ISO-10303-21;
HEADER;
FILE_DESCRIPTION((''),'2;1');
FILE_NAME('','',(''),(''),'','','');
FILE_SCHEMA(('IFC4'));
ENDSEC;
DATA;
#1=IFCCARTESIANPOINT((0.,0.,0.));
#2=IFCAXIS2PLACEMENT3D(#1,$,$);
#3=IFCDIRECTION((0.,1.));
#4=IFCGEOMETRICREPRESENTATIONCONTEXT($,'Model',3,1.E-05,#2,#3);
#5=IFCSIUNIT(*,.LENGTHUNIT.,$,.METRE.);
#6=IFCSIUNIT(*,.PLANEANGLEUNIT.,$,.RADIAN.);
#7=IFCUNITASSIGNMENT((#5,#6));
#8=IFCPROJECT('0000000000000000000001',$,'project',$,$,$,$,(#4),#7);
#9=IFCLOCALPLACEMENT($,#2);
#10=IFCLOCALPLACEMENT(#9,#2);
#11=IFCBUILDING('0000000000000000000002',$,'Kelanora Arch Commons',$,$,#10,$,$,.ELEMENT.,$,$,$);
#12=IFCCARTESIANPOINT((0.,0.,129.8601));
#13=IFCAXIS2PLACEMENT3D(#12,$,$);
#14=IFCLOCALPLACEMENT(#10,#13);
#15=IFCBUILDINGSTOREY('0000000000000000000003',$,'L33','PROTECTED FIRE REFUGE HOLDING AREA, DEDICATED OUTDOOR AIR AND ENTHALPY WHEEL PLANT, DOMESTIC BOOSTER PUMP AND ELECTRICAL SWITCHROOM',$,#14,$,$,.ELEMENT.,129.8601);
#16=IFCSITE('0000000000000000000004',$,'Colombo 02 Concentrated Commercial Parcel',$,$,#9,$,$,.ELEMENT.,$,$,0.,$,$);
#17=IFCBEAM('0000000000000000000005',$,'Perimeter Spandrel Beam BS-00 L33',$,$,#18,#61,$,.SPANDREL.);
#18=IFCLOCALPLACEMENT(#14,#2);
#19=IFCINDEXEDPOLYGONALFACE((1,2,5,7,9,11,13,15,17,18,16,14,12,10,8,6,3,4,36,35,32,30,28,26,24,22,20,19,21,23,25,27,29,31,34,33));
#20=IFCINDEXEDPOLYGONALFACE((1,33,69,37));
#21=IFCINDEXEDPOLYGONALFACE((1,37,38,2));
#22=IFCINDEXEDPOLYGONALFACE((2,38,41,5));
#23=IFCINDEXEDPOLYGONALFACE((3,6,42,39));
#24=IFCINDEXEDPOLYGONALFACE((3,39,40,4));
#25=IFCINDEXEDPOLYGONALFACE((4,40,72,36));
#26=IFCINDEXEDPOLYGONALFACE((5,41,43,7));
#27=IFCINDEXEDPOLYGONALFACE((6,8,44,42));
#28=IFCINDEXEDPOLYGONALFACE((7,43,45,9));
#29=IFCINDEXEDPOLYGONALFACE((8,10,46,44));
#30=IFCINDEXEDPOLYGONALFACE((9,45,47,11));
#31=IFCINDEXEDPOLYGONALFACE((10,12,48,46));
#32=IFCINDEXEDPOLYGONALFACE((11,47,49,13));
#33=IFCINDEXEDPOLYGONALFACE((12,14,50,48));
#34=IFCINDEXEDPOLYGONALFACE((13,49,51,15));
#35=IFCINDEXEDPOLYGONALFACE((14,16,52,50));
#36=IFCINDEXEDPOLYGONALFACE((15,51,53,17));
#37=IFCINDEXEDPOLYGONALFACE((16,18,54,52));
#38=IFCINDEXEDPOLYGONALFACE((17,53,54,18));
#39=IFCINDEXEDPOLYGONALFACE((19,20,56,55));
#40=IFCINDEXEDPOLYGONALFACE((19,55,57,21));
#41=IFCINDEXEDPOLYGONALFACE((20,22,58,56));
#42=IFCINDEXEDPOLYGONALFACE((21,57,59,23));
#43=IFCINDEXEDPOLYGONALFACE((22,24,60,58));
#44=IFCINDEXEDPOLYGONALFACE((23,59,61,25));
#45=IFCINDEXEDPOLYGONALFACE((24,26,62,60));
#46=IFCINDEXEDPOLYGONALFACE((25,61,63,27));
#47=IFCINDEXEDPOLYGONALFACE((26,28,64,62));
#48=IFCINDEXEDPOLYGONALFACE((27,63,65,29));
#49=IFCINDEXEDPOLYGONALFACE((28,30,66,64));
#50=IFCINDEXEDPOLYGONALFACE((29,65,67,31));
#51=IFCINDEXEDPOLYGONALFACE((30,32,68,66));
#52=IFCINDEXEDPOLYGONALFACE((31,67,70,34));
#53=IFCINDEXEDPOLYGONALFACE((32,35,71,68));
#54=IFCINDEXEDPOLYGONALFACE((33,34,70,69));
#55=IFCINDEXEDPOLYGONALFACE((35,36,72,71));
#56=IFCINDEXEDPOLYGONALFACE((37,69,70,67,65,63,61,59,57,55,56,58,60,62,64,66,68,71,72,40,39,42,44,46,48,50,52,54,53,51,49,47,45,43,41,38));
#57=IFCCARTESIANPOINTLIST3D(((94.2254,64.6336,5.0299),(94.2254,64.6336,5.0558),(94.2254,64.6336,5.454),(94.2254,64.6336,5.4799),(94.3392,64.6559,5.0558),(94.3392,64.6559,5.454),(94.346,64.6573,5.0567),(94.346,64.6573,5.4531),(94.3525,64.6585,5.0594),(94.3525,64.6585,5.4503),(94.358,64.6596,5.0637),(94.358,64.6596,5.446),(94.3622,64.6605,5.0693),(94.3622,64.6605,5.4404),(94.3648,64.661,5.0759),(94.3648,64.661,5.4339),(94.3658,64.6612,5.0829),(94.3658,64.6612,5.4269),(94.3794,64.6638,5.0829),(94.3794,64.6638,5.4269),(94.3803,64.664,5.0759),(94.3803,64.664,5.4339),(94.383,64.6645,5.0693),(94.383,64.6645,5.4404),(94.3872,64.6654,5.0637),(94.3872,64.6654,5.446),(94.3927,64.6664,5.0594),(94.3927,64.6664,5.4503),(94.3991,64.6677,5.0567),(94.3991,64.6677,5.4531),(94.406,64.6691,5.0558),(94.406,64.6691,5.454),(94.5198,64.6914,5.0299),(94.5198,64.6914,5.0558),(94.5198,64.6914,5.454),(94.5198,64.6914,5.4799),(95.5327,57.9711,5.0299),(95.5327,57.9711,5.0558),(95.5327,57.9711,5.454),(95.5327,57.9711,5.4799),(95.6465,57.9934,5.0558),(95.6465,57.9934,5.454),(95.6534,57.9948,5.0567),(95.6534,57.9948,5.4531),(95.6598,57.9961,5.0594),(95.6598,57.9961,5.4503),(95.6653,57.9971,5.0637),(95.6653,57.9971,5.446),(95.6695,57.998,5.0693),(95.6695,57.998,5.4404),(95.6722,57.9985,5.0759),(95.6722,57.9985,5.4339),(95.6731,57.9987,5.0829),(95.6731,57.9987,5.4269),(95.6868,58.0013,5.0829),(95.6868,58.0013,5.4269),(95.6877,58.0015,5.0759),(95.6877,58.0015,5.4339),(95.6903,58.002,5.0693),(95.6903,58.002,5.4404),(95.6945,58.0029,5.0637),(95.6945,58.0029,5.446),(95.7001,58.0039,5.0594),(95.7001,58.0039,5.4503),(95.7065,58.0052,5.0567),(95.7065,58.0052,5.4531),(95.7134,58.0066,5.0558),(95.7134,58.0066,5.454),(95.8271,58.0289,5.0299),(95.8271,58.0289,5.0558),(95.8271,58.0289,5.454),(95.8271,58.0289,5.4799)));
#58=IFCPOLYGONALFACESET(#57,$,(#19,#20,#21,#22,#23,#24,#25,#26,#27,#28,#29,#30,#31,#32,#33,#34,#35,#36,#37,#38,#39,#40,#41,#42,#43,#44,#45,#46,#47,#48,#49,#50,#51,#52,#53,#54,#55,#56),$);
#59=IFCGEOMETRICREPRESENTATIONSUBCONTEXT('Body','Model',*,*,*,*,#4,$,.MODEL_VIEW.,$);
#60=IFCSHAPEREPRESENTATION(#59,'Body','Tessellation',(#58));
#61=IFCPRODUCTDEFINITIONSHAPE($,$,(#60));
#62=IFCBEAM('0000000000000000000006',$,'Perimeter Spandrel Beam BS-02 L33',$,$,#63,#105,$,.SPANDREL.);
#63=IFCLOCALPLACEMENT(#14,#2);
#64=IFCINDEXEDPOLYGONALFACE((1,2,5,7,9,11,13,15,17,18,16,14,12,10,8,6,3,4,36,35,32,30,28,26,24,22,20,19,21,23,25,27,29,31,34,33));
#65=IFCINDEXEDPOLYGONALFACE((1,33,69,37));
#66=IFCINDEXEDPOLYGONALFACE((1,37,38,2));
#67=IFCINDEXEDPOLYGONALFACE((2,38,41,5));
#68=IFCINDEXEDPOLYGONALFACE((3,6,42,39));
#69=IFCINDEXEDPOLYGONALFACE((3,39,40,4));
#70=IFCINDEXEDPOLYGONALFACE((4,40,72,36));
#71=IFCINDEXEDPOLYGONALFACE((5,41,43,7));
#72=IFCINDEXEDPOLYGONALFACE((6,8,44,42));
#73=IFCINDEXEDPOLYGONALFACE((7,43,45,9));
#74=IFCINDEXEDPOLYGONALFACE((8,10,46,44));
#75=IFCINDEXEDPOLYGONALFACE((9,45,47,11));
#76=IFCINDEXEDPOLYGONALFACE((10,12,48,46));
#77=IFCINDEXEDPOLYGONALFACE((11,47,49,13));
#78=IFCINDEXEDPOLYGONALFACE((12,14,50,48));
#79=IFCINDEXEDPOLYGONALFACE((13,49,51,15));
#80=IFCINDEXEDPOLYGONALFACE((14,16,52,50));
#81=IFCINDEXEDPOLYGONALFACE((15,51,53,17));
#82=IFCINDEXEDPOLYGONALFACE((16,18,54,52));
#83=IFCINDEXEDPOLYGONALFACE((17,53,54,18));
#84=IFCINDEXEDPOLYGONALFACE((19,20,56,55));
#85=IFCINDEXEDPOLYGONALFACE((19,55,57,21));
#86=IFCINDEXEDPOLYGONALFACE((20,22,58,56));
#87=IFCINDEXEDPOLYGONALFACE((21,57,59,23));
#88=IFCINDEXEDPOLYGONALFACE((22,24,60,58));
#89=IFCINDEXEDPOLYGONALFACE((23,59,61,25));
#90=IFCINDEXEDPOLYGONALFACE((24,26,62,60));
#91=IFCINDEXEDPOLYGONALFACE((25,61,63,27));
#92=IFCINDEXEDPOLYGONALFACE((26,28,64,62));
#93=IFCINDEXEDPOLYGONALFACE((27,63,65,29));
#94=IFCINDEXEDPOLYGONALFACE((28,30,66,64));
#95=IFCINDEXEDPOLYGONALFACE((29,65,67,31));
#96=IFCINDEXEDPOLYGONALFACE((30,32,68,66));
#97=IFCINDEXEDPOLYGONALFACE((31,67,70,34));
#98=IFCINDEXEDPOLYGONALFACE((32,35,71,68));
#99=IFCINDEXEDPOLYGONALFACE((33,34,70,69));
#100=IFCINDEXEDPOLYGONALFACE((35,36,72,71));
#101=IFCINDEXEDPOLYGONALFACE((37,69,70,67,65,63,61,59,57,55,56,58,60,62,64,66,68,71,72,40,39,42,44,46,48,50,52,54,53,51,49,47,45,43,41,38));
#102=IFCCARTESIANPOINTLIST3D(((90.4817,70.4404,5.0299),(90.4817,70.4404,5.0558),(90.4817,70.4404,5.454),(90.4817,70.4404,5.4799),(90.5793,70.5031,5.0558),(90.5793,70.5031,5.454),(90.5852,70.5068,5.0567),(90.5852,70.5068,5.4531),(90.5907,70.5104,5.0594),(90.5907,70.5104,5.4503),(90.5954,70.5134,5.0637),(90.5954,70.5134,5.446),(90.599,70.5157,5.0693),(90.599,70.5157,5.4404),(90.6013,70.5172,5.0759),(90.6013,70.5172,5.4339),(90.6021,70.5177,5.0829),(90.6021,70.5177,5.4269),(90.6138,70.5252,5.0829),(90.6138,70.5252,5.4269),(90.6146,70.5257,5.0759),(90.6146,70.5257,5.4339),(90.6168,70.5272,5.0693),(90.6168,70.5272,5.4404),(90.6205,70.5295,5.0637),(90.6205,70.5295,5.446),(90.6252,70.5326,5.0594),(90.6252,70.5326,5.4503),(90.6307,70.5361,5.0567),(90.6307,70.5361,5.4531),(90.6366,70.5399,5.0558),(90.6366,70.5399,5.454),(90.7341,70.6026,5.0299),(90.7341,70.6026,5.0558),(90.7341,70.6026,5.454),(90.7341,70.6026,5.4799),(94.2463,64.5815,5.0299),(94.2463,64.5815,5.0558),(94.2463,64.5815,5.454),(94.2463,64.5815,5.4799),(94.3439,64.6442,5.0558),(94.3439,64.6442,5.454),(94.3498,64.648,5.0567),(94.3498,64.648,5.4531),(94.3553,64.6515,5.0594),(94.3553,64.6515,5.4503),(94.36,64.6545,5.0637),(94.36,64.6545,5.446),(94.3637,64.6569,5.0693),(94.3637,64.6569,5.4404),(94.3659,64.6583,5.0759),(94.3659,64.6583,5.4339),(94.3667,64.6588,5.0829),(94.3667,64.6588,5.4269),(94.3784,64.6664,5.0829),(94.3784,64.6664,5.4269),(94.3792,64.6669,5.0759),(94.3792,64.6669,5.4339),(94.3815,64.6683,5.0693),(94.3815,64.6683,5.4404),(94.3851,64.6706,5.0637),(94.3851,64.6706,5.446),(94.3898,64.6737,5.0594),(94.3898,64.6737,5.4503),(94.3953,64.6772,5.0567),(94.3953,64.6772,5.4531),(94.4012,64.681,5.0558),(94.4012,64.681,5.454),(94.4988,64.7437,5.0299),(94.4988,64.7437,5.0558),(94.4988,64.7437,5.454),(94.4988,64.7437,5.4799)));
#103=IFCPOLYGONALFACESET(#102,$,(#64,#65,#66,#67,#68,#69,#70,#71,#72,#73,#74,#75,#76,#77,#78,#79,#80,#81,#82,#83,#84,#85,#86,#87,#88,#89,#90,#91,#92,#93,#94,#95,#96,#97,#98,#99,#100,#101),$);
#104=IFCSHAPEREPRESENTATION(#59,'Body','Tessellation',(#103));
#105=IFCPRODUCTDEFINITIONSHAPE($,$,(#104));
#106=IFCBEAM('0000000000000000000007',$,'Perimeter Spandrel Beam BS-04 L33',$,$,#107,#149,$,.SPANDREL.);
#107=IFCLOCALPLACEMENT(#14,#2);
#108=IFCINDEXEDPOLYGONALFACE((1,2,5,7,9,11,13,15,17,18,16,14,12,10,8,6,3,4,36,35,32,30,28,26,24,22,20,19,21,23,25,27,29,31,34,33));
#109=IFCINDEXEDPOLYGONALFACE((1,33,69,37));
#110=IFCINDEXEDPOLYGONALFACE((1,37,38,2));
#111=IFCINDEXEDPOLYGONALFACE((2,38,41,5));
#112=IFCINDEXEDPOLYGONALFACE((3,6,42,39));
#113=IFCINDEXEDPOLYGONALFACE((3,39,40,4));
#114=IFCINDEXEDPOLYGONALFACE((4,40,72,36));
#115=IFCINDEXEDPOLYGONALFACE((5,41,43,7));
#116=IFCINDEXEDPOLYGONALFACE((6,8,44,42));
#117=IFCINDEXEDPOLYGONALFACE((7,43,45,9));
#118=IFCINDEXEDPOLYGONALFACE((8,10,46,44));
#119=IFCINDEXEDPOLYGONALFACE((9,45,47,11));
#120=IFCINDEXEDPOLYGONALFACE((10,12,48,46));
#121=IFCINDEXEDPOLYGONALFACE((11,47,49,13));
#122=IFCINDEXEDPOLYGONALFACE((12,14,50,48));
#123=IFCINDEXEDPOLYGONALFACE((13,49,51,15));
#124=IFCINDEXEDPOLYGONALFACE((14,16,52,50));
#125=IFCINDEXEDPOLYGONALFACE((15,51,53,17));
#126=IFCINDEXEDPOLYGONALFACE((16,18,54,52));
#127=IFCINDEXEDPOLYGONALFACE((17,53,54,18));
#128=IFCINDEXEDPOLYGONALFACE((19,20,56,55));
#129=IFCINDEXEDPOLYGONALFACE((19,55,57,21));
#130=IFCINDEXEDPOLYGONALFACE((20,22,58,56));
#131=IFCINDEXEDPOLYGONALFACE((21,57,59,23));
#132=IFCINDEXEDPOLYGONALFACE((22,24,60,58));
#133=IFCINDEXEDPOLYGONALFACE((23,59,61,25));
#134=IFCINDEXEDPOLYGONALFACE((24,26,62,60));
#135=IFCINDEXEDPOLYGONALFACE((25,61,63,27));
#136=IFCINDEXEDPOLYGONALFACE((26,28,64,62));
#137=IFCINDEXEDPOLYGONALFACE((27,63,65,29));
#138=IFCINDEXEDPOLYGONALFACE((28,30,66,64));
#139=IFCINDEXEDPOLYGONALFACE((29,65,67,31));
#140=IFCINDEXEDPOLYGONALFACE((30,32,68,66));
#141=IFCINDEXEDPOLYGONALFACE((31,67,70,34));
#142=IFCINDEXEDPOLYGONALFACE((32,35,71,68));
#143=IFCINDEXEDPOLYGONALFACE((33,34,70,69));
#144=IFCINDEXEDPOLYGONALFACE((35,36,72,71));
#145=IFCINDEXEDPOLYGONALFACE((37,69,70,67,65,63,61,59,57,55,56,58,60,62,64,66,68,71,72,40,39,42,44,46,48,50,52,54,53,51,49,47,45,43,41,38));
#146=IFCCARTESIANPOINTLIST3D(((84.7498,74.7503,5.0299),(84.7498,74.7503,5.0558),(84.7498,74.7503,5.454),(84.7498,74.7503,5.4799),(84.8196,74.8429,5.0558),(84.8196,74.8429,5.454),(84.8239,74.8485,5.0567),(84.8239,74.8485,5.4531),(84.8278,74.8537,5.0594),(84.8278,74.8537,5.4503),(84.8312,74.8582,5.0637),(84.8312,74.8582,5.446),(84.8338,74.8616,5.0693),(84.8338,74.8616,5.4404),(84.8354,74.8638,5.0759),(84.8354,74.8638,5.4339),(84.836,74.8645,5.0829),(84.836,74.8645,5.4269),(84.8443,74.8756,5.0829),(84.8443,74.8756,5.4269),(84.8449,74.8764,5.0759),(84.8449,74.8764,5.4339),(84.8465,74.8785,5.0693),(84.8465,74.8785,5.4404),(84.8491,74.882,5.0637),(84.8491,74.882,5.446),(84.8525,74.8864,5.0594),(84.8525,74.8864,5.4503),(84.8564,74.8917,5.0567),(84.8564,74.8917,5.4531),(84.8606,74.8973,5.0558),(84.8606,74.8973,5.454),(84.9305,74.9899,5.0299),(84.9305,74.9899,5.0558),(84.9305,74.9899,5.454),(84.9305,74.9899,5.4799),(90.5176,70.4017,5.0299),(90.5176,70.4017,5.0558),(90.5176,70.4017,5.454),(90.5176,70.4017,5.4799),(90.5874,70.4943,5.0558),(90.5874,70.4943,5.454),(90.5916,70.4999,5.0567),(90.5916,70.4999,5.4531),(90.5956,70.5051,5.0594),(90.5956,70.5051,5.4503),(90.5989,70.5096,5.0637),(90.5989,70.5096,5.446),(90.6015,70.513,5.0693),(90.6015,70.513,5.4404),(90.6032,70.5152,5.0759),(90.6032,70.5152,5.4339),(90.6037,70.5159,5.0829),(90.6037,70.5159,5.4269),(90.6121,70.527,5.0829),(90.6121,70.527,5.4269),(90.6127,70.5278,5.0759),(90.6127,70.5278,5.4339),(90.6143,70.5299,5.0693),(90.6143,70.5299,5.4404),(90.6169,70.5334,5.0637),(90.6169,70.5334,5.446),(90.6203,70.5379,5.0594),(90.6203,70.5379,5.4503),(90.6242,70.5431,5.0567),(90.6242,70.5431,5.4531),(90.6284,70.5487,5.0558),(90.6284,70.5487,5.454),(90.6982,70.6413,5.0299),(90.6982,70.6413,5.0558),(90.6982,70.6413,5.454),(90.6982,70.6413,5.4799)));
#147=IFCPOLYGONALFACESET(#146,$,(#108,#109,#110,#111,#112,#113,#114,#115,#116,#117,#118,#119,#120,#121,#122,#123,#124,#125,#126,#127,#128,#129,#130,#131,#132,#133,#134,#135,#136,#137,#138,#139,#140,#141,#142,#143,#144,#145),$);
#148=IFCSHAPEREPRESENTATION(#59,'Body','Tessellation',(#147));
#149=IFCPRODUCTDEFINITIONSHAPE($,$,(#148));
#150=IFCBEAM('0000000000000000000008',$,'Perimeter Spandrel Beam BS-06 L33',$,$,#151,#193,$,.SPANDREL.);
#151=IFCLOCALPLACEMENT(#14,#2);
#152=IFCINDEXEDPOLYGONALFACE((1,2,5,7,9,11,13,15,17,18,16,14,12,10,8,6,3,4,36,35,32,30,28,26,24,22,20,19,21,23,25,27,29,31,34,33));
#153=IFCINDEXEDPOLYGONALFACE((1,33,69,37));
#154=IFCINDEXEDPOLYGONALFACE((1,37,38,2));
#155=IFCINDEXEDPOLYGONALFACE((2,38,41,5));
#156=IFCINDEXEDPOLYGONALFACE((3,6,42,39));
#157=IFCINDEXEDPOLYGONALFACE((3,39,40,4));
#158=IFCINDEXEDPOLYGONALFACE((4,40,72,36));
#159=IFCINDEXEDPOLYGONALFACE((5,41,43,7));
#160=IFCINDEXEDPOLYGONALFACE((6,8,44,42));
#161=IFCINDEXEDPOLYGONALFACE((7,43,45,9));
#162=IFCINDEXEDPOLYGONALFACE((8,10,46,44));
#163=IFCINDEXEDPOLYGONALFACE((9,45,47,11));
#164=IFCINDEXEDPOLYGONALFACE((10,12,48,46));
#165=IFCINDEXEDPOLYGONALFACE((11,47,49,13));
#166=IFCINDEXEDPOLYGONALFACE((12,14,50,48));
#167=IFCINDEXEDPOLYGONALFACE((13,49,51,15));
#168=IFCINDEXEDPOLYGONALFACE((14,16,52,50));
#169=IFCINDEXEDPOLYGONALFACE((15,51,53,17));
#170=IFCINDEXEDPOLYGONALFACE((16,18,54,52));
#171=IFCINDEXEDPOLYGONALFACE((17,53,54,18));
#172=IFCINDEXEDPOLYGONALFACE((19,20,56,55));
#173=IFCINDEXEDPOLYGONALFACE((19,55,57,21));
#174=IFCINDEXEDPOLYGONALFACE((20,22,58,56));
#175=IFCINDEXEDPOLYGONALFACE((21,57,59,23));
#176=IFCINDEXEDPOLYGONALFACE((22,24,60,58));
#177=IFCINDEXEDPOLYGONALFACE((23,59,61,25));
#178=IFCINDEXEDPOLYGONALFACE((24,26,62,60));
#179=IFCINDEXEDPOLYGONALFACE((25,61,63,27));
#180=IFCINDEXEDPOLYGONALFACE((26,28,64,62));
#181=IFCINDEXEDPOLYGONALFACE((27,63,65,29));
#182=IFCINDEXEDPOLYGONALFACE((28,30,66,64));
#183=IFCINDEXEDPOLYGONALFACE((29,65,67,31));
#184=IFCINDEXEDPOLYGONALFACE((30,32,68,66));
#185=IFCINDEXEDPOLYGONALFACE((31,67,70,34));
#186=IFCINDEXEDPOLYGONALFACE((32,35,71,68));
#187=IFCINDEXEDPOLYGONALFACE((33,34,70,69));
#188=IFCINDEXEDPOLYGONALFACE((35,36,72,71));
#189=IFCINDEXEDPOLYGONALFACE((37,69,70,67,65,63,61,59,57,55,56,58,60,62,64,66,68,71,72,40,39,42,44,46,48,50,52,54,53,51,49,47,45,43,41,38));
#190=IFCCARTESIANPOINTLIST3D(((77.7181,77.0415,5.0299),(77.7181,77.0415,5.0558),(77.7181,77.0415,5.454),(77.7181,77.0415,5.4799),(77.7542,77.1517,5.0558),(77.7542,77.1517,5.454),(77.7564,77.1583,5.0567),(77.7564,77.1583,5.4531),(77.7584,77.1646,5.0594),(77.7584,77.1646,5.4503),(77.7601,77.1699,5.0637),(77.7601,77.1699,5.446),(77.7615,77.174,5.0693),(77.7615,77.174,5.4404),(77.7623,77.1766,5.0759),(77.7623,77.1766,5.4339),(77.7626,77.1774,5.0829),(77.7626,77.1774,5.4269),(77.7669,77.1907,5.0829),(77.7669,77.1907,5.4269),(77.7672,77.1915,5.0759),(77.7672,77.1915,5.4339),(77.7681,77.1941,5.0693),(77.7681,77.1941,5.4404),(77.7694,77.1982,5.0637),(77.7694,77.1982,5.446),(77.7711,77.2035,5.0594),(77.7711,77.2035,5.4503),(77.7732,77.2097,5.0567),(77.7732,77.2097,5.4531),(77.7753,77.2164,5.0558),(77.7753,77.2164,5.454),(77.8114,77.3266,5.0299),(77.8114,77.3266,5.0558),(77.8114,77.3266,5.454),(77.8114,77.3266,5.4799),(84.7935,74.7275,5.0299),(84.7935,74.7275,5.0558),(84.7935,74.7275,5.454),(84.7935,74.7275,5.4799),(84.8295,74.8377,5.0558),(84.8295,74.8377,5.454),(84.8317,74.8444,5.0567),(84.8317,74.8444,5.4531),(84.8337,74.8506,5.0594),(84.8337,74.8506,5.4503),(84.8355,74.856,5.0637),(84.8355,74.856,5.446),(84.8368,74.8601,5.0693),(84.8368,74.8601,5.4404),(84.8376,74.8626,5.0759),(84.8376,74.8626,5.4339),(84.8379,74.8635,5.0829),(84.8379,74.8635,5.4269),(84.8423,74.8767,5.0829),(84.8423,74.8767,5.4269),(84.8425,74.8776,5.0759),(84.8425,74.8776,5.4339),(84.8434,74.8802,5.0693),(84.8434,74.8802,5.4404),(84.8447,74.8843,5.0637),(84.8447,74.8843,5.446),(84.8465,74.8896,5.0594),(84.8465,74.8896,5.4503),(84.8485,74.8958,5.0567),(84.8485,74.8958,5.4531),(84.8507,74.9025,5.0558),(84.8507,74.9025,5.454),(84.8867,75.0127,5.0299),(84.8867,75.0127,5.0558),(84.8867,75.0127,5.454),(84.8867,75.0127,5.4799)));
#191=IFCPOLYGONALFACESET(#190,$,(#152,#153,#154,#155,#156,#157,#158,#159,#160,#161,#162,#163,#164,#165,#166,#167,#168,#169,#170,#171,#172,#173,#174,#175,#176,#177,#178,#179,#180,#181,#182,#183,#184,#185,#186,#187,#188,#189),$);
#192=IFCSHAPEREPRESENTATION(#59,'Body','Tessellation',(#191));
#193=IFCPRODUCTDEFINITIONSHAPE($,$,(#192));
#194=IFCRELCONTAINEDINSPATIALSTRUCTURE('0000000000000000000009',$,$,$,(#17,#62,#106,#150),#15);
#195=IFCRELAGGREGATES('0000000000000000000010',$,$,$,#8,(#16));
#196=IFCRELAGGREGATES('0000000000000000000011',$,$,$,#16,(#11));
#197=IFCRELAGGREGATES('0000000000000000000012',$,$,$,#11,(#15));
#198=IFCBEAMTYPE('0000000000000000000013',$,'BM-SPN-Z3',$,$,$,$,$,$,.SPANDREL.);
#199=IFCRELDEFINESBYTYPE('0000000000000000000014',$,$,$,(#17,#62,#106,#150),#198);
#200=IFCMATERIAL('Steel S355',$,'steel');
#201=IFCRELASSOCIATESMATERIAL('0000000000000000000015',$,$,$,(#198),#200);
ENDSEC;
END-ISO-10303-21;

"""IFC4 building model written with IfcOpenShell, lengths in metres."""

from ifc_helpers import new_model, si_unit, direction, frame, origin, origin_2d, place, context, subcontext, project, spatial, i_section, extrude, material, material_profile, profile_set, type_object, element, save


model = new_model("IFC4")

# Units and contexts
model_context = context("Model", 3, precision=1e-05, world=origin(), true_north=direction((0.0, 1.0)))
body_context = subcontext(model_context, "Body", "Model", "MODEL_VIEW")
ifc_project = project(units=[si_unit("LENGTHUNIT", "METRE"), si_unit("PLANEANGLEUNIT", "RADIAN")], contexts=[model_context])

# Site, building, storey
site_placement = place(None, origin())
site = spatial("IfcSite", under=ifc_project, at=site_placement, Name="Colombo 02 Concentrated Commercial Parcel", CompositionType="ELEMENT", RefElevation=0.0)
building_placement = place(site_placement, origin())
building = spatial("IfcBuilding", under=site, at=building_placement, Name="Kelanora Arch Commons", CompositionType="ELEMENT")
storey_placement = place(building_placement, frame((0.0, 0.0, 129.8601)))
storey = spatial("IfcBuildingStorey", under=building, at=storey_placement, Name="L33", Description="PROTECTED FIRE REFUGE HOLDING AREA, DEDICATED OUTDOOR AIR AND ENTHALPY WHEEL PLANT, DOMESTIC BOOSTER PUMP AND ELECTRICAL SWITCHROOM", CompositionType="ELEMENT", Elevation=129.8601)

# Beams
ifc_material_1 = material(Name="Steel S355", Category="steel")
ifc_material_profile_1 = material_profile(ifc_material_1, i_section(OverallWidth=0.3, OverallDepth=0.45, WebThickness=0.0139, FlangeThickness=0.0259, FilletRadius=0.0271, at=origin_2d()), Name="HEB450")
ifc_profile_set_1 = profile_set([ifc_material_profile_1], Name="Steel S355")
beam_type_1 = type_object("IfcBeamType", Name="BM-SPN-Z3", PredefinedType="SPANDREL", material=ifc_profile_set_1)
beam_1_placement = place(storey_placement, frame((95.6799, 58.0, 5.2549), z_axis=(-0.192554, 0.981286, 0.0), x_axis=(-0.981286, -0.192554, 0.0)))
element("IfcBeam", 1, at=beam_1_placement, inside=storey, type_object=beam_type_1, Name="Perimeter Spandrel Beam BS-00 L33", PredefinedType="SPANDREL", context=body_context, shape_type="SweptSolid", body=[
    extrude(i_section(OverallWidth=0.3, OverallDepth=0.45, WebThickness=0.0139, FlangeThickness=0.0259, FilletRadius=0.0271, at=origin_2d()), origin(), (0.0, 0.0, 1.0), 6.7896),
])
beam_2_placement = place(storey_placement, frame((94.3726, 64.6626, 5.2549), z_axis=(-0.540577, 0.841295, 0.0), x_axis=(-0.841295, -0.540577, 0.0)))
element("IfcBeam", 2, at=beam_2_placement, inside=storey, type_object=beam_type_1, Name="Perimeter Spandrel Beam BS-02 L33", PredefinedType="SPANDREL", context=body_context, shape_type="SweptSolid", body=[
    extrude(i_section(OverallWidth=0.3, OverallDepth=0.45, WebThickness=0.0139, FlangeThickness=0.0259, FilletRadius=0.0271, at=origin_2d()), origin(), (0.0, 0.0, 1.0), 6.9641),
])
beam_3_placement = place(storey_placement, frame((90.6079, 70.5215, 5.2549), z_axis=(-0.798485, 0.602015, 0.0), x_axis=(-0.602015, -0.798485, 0.0)))
element("IfcBeam", 3, at=beam_3_placement, inside=storey, type_object=beam_type_1, Name="Perimeter Spandrel Beam BS-04 L33", PredefinedType="SPANDREL", context=body_context, shape_type="SweptSolid", body=[
    extrude(i_section(OverallWidth=0.3, OverallDepth=0.45, WebThickness=0.0139, FlangeThickness=0.0259, FilletRadius=0.0271, at=origin_2d()), origin(), (0.0, 0.0, 1.0), 7.2234),
])
beam_4_placement = place(storey_placement, frame((84.8401, 74.8701, 5.2549), z_axis=(-0.950462, 0.310841, 0.0), x_axis=(-0.310841, -0.950462, 0.0)))
element("IfcBeam", 4, at=beam_4_placement, inside=storey, type_object=beam_type_1, Name="Perimeter Spandrel Beam BS-06 L33", PredefinedType="SPANDREL", context=body_context, shape_type="SweptSolid", body=[
    extrude(i_section(OverallWidth=0.3, OverallDepth=0.45, WebThickness=0.0139, FlangeThickness=0.0259, FilletRadius=0.0271, at=origin_2d()), origin(), (0.0, 0.0, 1.0), 7.4441),
])

save(model, "model.ifc")
